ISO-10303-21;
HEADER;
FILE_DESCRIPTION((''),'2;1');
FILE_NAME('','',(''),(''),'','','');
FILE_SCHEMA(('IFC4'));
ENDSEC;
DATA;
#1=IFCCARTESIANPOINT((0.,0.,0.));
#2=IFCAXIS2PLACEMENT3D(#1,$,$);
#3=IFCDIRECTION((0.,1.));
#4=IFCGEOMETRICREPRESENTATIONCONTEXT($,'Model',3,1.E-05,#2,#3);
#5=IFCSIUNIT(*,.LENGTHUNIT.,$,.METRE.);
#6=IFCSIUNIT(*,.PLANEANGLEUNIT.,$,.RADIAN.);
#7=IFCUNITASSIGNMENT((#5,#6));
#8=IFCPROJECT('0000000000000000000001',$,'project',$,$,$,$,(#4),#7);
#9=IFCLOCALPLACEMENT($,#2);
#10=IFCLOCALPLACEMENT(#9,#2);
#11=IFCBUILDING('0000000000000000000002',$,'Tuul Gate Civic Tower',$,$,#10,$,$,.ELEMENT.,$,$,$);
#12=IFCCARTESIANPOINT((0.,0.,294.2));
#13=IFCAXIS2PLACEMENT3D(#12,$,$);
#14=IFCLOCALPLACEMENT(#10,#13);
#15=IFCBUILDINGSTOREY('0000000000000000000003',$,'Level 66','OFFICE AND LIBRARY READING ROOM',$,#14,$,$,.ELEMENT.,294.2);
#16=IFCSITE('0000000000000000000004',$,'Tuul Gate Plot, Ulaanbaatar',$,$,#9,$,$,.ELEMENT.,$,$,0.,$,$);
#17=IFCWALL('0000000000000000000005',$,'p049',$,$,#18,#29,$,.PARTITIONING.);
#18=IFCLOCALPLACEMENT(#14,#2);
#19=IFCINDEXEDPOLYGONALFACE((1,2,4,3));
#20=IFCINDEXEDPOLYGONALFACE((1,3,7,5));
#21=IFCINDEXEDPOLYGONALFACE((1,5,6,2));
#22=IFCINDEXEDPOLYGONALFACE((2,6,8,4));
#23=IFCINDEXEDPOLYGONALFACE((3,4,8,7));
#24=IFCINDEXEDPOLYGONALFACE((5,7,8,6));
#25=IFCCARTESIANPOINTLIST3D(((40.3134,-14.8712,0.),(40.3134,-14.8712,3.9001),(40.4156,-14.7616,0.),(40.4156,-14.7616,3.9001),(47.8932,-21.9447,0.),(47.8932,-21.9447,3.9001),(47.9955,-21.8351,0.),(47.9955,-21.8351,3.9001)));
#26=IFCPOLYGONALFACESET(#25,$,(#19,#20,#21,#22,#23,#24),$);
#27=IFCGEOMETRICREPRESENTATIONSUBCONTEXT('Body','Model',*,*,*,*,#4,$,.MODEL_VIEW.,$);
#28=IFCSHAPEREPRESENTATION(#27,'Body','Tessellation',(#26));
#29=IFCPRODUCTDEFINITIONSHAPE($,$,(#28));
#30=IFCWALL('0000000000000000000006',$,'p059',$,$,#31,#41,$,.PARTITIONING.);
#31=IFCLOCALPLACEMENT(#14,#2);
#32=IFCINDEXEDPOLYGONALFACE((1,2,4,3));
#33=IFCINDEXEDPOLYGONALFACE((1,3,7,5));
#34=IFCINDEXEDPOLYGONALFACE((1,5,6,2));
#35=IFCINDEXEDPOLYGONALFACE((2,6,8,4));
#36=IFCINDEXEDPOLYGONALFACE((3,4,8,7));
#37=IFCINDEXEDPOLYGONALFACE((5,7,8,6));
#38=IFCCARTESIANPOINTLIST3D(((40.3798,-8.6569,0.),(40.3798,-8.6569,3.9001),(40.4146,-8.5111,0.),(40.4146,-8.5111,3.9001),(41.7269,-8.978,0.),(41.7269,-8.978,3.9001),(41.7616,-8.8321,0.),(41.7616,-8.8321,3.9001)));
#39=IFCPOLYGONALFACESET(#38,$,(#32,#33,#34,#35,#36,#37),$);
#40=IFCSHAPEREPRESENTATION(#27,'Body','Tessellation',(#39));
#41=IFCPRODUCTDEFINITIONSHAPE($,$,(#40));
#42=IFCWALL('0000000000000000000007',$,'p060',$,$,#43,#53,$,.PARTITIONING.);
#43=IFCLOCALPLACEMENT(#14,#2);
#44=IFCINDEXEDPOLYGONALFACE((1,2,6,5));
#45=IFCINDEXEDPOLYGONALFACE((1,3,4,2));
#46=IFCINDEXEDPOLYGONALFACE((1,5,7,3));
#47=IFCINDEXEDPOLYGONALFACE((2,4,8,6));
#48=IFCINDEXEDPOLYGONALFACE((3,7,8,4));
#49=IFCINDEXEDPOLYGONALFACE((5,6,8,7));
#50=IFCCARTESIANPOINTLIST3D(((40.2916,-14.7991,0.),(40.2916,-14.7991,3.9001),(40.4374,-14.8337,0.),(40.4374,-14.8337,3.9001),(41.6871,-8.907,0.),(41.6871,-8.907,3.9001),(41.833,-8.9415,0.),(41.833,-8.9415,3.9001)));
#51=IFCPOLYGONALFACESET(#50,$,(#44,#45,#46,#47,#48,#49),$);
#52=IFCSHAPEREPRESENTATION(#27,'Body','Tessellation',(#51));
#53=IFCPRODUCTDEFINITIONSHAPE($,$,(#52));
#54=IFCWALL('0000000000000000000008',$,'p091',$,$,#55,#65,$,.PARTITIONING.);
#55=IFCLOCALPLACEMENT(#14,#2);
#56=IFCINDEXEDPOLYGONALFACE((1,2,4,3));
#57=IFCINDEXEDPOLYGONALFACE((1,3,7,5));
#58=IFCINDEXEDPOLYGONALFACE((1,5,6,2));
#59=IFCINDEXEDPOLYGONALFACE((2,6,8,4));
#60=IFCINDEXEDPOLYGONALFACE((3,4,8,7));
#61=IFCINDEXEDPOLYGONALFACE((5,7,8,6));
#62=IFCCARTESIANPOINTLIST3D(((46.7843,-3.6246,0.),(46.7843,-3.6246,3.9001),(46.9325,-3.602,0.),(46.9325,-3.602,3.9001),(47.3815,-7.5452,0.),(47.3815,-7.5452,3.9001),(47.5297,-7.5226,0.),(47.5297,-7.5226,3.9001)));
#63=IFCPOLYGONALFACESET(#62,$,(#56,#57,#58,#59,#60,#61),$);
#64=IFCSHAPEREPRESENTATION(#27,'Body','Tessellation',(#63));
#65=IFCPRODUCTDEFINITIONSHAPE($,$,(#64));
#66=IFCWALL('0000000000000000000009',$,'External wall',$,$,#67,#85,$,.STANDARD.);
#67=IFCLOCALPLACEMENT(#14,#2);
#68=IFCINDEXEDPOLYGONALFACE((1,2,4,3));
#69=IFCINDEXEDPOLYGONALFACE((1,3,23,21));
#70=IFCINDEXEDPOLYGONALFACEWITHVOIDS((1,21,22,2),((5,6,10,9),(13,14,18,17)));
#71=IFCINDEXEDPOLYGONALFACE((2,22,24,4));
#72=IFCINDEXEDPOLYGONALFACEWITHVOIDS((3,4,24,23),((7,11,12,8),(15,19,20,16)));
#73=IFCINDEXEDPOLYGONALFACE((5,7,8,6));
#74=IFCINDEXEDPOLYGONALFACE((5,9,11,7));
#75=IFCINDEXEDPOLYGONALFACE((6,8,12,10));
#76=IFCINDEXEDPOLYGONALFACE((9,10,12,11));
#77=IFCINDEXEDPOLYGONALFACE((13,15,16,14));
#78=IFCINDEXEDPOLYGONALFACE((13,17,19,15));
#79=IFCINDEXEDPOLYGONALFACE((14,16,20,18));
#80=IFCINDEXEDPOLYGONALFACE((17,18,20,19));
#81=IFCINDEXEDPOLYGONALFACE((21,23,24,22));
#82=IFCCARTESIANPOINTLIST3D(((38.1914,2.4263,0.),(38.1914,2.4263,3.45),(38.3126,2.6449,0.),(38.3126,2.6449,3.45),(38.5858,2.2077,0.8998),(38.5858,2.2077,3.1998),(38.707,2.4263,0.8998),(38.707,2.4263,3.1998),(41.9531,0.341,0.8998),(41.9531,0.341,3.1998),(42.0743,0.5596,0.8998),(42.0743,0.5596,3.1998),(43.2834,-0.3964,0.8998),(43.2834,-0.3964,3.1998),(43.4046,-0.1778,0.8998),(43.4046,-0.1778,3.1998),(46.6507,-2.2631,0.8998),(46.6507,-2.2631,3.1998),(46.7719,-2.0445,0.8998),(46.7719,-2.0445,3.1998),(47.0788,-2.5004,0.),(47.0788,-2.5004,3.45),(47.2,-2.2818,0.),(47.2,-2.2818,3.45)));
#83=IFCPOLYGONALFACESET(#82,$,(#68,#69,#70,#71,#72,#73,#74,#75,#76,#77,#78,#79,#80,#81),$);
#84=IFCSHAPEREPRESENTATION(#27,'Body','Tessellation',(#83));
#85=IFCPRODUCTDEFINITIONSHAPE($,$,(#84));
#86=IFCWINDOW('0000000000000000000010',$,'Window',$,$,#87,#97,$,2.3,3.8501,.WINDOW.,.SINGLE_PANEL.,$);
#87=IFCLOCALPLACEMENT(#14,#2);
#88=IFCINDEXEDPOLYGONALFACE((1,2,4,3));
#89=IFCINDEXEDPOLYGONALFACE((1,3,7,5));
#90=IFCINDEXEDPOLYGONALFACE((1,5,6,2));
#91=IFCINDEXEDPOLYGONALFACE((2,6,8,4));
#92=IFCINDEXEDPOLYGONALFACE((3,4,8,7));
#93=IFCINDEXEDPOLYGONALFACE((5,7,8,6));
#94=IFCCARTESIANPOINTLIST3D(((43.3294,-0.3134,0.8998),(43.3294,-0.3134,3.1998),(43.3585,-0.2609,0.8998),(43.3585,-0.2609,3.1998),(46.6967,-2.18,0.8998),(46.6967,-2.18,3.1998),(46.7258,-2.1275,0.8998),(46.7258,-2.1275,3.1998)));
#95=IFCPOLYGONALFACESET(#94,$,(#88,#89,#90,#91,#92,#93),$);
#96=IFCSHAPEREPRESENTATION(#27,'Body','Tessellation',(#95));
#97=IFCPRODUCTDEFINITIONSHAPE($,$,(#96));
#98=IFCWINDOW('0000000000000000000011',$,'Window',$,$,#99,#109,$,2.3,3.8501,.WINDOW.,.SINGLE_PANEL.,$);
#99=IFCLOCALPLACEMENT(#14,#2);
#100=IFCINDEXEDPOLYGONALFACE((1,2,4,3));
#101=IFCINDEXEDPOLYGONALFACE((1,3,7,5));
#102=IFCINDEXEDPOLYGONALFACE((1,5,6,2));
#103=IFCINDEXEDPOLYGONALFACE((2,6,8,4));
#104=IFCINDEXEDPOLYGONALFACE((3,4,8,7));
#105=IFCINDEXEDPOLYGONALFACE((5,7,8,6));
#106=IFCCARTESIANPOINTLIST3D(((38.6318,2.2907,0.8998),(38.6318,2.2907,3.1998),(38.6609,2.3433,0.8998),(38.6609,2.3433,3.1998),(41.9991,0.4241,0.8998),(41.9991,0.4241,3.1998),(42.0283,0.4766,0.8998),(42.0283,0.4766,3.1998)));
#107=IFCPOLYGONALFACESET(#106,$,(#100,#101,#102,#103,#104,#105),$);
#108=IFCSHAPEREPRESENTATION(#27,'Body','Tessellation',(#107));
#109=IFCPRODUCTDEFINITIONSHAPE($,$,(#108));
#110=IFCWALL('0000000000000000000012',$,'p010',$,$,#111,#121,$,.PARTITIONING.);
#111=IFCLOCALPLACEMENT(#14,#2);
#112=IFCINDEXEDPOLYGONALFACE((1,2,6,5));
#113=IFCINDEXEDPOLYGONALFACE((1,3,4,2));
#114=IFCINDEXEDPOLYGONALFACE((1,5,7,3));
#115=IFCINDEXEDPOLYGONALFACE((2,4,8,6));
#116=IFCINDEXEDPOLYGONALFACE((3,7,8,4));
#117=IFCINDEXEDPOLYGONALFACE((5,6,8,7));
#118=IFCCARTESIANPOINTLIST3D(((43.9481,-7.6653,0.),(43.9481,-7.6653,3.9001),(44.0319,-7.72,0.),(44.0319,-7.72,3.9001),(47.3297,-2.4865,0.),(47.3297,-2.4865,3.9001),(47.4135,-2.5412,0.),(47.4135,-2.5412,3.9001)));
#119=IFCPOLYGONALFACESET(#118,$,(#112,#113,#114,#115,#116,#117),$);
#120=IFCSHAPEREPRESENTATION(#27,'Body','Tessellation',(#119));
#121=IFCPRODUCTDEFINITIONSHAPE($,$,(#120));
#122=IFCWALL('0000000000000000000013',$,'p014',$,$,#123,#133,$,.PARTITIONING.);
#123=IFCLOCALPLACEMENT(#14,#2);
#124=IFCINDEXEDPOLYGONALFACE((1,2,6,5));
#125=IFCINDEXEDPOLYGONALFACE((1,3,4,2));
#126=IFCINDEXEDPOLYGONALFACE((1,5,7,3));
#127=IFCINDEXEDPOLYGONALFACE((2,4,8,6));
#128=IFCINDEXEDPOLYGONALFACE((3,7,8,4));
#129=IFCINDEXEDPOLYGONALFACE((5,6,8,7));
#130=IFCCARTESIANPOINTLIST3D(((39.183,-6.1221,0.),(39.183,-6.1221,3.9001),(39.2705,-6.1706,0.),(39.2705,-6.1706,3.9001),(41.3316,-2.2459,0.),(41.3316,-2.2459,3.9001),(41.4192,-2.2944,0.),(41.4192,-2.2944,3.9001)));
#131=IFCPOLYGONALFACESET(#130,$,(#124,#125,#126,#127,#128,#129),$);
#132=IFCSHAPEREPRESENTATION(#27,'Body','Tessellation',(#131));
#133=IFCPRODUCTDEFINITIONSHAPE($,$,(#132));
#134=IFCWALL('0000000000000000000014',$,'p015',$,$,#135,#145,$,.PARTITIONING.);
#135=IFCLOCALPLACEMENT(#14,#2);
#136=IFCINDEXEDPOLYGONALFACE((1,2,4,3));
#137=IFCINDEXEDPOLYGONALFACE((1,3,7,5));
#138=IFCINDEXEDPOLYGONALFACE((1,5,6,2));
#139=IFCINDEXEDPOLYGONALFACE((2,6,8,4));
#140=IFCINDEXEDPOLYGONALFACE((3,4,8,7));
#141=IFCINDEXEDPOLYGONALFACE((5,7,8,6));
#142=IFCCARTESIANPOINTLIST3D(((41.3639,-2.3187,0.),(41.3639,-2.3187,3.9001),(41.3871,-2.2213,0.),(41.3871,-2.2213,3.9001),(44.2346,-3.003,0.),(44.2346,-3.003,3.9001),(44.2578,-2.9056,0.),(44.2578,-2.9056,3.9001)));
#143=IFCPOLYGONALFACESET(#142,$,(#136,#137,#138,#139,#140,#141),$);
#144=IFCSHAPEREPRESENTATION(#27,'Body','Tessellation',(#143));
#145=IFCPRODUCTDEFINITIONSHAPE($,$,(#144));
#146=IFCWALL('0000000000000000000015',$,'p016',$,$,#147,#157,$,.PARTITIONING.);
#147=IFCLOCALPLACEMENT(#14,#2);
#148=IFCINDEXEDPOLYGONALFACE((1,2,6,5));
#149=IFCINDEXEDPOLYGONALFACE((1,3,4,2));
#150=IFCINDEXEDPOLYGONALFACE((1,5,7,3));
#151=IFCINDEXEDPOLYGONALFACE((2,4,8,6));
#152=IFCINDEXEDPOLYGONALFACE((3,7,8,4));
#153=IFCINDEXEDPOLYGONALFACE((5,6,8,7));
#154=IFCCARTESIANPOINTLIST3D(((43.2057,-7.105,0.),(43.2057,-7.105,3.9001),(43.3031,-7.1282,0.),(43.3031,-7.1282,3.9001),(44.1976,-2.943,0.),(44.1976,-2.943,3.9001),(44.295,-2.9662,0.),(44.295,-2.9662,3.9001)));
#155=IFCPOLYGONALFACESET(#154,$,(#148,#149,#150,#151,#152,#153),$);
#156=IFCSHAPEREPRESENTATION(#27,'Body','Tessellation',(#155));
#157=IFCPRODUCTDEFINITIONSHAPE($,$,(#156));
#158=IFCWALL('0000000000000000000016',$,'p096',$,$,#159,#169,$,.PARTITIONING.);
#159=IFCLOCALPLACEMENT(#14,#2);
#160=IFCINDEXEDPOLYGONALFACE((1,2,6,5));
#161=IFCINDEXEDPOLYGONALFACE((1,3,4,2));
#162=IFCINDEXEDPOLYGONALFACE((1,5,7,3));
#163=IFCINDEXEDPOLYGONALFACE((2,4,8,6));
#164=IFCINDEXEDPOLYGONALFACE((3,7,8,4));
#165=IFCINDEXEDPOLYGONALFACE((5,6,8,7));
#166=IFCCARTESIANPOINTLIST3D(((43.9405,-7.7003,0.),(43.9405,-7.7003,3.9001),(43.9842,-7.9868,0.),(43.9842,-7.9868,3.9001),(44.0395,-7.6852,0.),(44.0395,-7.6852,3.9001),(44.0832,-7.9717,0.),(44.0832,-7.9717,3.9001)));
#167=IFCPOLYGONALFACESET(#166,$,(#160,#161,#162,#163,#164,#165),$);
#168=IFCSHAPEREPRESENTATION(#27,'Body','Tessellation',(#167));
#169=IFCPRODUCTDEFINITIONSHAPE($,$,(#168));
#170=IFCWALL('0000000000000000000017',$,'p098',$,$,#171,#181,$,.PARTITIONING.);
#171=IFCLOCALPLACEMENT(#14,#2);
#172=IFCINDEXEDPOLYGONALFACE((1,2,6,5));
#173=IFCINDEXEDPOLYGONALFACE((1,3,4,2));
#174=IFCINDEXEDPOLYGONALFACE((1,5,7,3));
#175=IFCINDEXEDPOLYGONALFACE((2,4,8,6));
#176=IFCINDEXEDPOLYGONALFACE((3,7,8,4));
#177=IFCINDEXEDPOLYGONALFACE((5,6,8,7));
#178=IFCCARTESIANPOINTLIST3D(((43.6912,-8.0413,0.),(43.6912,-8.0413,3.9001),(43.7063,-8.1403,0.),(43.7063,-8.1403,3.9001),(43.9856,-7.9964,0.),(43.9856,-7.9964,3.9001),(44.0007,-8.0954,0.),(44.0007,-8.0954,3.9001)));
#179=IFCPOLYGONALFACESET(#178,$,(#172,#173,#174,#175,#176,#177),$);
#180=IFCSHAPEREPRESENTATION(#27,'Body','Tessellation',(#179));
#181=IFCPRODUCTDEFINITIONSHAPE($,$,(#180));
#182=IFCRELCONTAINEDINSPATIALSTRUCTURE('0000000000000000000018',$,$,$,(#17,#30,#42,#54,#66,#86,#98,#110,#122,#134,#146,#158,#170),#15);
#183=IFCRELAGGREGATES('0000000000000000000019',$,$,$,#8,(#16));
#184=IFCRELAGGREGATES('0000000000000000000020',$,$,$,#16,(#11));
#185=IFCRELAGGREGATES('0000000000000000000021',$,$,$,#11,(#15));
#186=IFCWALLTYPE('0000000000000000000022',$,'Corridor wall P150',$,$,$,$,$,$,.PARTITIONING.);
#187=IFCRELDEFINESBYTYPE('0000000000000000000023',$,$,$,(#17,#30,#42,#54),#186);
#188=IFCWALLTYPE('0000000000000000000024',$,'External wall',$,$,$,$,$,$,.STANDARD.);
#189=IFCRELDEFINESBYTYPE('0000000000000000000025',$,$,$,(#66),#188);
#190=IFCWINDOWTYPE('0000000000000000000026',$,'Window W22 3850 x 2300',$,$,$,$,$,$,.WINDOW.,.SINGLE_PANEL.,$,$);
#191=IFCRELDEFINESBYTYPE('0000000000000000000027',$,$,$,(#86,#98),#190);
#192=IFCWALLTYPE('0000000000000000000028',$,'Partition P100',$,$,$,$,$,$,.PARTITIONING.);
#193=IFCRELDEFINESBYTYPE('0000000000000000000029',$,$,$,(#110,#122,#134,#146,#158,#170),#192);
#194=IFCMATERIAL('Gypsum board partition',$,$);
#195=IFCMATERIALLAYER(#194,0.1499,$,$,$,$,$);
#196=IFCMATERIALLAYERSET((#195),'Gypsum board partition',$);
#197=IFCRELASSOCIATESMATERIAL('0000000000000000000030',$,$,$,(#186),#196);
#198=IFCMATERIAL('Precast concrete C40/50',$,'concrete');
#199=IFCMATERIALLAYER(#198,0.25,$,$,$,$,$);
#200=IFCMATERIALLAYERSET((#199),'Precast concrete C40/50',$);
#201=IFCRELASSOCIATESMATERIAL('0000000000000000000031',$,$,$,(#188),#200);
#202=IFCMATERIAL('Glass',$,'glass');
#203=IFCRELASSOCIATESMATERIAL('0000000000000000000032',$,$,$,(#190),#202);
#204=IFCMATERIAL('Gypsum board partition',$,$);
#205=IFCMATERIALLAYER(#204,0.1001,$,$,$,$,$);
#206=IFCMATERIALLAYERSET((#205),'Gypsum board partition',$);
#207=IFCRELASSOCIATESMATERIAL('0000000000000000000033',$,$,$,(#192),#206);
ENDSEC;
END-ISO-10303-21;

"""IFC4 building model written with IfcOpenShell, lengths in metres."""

from ifc_helpers import new_model, si_unit, direction, frame, frame_2d, origin, place, context, subcontext, project, spatial, rectangle, extrude, material, layer, layer_set, type_object, element, fill, save


model = new_model("IFC4")

# Units and contexts
model_context = context("Model", 3, precision=1e-05, world=origin(), true_north=direction((0.0, 1.0)))
body_context = subcontext(model_context, "Body", "Model", "MODEL_VIEW")
ifc_project = project(units=[si_unit("LENGTHUNIT", "METRE"), si_unit("PLANEANGLEUNIT", "RADIAN")], contexts=[model_context])

# Site, building, storey
site_placement = place(None, origin())
site = spatial("IfcSite", under=ifc_project, at=site_placement, Name="Tuul Gate Plot, Ulaanbaatar", CompositionType="ELEMENT", RefElevation=0.0)
building_placement = place(site_placement, origin())
building = spatial("IfcBuilding", under=site, at=building_placement, Name="Tuul Gate Civic Tower", CompositionType="ELEMENT")
storey_placement = place(building_placement, frame((0.0, 0.0, 294.2)))
storey = spatial("IfcBuildingStorey", under=building, at=storey_placement, Name="Level 66", Description="OFFICE AND LIBRARY READING ROOM", CompositionType="ELEMENT", Elevation=294.2)

# Shared definitions
ifc_material_1 = material(Name="Gypsum board partition")
ifc_layer_1 = layer(ifc_material_1, 0.1499)
ifc_layer_set_1 = layer_set([ifc_layer_1], Name="Gypsum board partition")
wall_type_1 = type_object("IfcWallType", Name="Corridor wall P150", PredefinedType="PARTITIONING", material=ifc_layer_set_1)

# Walls
wall_1_placement = place(storey_placement, frame((40.3645, -14.8164, 0.0), z_axis=(0.0, 0.0, 1.0), x_axis=(0.731105, -0.682265, 0.0)))
element("IfcWall", 1, at=wall_1_placement, inside=storey, type_object=wall_type_1, Name="p049", PredefinedType="PARTITIONING", context=body_context, shape_type="SweptSolid", body=[
    extrude(rectangle(XDim=10.3677, YDim=0.1499, at=frame_2d((5.1838, 0.0))), origin(), (0.0, 0.0, 1.0), 3.9001),
])
wall_2_placement = place(storey_placement, frame((40.3972, -8.584, 0.0), z_axis=(0.0, 0.0, 1.0), x_axis=(0.972749, -0.231859, 0.0)))
element("IfcWall", 2, at=wall_2_placement, inside=storey, type_object=wall_type_1, Name="p059", PredefinedType="PARTITIONING", context=body_context, shape_type="SweptSolid", body=[
    extrude(rectangle(XDim=1.3848, YDim=0.1499, at=frame_2d((0.6924, 0.0))), origin(), (0.0, 0.0, 1.0), 3.9001),
])
wall_3_placement = place(storey_placement, frame((40.3645, -14.8164, 0.0), z_axis=(0.0, 0.0, 1.0), x_axis=(0.230468, 0.97308, 0.0)))
element("IfcWall", 3, at=wall_3_placement, inside=storey, type_object=wall_type_1, Name="p060", PredefinedType="PARTITIONING", context=body_context, shape_type="SweptSolid", body=[
    extrude(rectangle(XDim=6.0552, YDim=0.1499, at=frame_2d((3.0276, 0.0))), origin(), (0.0, 0.0, 1.0), 3.9001),
])
wall_4_placement = place(storey_placement, frame((46.8584, -3.6133, 0.0), z_axis=(0.0, 0.0, 1.0), x_axis=(0.150577, -0.988598, 0.0)))
element("IfcWall", 4, at=wall_4_placement, inside=storey, type_object=wall_type_1, Name="p091", PredefinedType="PARTITIONING", context=body_context, shape_type="SweptSolid", body=[
    extrude(rectangle(XDim=3.9658, YDim=0.1499, at=frame_2d((1.9829, 0.0))), origin(), (0.0, 0.0, 1.0), 3.9001),
])

# Wall, openings, windows
ifc_material_2 = material(Name="Precast concrete C40/50", Category="concrete")
ifc_layer_2 = layer(ifc_material_2, 0.25)
ifc_layer_set_2 = layer_set([ifc_layer_2], Name="Precast concrete C40/50")
wall_type_2 = type_object("IfcWallType", Name="External wall", PredefinedType="STANDARD", material=ifc_layer_set_2)
wall_5_placement = place(storey_placement, frame((47.1394, -2.3911, 0.0), z_axis=(0.0, 0.0, 1.0), x_axis=(-0.874605, 0.484837, 0.0)))
wall_5 = element("IfcWall", 5, at=wall_5_placement, inside=storey, type_object=wall_type_2, Name="External wall", PredefinedType="STANDARD", context=body_context, shape_type="SweptSolid", body=[
    extrude(rectangle(XDim=10.1616, YDim=0.25, at=frame_2d((5.0808, 0.0))), origin(), (0.0, 0.0, 1.0), 3.45),
])
opening_1_placement = place(wall_5_placement, frame((0.4895, 0.0, 0.8999)))
opening_1 = element("IfcOpeningElement", 6, at=opening_1_placement, cuts=wall_5, PredefinedType="OPENING", context=body_context, shape_type="SweptSolid", body=[
    extrude(rectangle(XDim=3.8501, YDim=2.3, at=frame_2d((1.925, 1.1499))), frame((0.0, 0.135, 0.0), z_axis=(0.0, -1.0, 0.0), x_axis=(1.0, 0.0, 0.0)), (0.0, 0.0, 1.0), 0.27),
])
opening_2_placement = place(wall_5_placement, frame((5.8606, 0.0, 0.8999)))
opening_2 = element("IfcOpeningElement", 7, at=opening_2_placement, cuts=wall_5, PredefinedType="OPENING", context=body_context, shape_type="SweptSolid", body=[
    extrude(rectangle(XDim=3.8501, YDim=2.3, at=frame_2d((1.925, 1.1499))), frame((0.0, 0.135, 0.0), z_axis=(0.0, -1.0, 0.0), x_axis=(1.0, 0.0, 0.0)), (0.0, 0.0, 1.0), 0.27),
])
ifc_material_3 = material(Name="Glass", Category="glass")
window_type = type_object("IfcWindowType", Name="Window W22 3850 x 2300", PartitioningType="SINGLE_PANEL", PredefinedType="WINDOW", material=ifc_material_3)
window_1_placement = place(opening_1_placement, origin())
window_1 = element("IfcWindow", 8, at=window_1_placement, inside=storey, type_object=window_type, Name="Window", OverallHeight=2.3, OverallWidth=3.8501, PartitioningType="SINGLE_PANEL", PredefinedType="WINDOW", context=body_context, shape_type="SweptSolid", body=[
    extrude(rectangle(XDim=3.8501, YDim=2.3, at=frame_2d((1.925, 1.1499))), frame((0.0, 0.03, 0.0), z_axis=(0.0, -1.0, 0.0), x_axis=(1.0, 0.0, 0.0)), (0.0, 0.0, 1.0), 0.0601),
])
fill(opening_1, window_1)
window_2_placement = place(opening_2_placement, origin())
window_2 = element("IfcWindow", 9, at=window_2_placement, inside=storey, type_object=window_type, Name="Window", OverallHeight=2.3, OverallWidth=3.8501, PartitioningType="SINGLE_PANEL", PredefinedType="WINDOW", context=body_context, shape_type="SweptSolid", body=[
    extrude(rectangle(XDim=3.8501, YDim=2.3, at=frame_2d((1.925, 1.1499))), frame((0.0, 0.03, 0.0), z_axis=(0.0, -1.0, 0.0), x_axis=(1.0, 0.0, 0.0)), (0.0, 0.0, 1.0), 0.0601),
])
fill(opening_2, window_2)

# Walls
ifc_material_4 = material(Name="Gypsum board partition")
ifc_layer_3 = layer(ifc_material_4, 0.1001)
ifc_layer_set_3 = layer_set([ifc_layer_3], Name="Gypsum board partition")
wall_type_3 = type_object("IfcWallType", Name="Partition P100", PredefinedType="PARTITIONING", material=ifc_layer_set_3)
wall_6_placement = place(storey_placement, frame((43.99, -7.6926, 0.0), z_axis=(0.0, 0.0, 1.0), x_axis=(0.546741, 0.837302, 0.0)))
element("IfcWall", 10, at=wall_6_placement, inside=storey, type_object=wall_type_3, Name="p010", PredefinedType="PARTITIONING", context=body_context, shape_type="SweptSolid", body=[
    extrude(rectangle(XDim=6.1851, YDim=0.1001, at=frame_2d((3.0925, 0.0))), origin(), (0.0, 0.0, 1.0), 3.9001),
])
wall_7_placement = place(storey_placement, frame((39.2268, -6.1462, 0.0), z_axis=(0.0, 0.0, 1.0), x_axis=(0.48482, 0.874614, 0.0)))
element("IfcWall", 11, at=wall_7_placement, inside=storey, type_object=wall_type_3, Name="p014", PredefinedType="PARTITIONING", context=body_context, shape_type="SweptSolid", body=[
    extrude(rectangle(XDim=4.4319, YDim=0.1001, at=frame_2d((2.2158, 0.0))), origin(), (0.0, 0.0, 1.0), 3.9001),
])
wall_8_placement = place(storey_placement, frame((41.3755, -2.27, 0.0), z_axis=(0.0, 0.0, 1.0), x_axis=(0.972746, -0.231874, 0.0)))
element("IfcWall", 12, at=wall_8_placement, inside=storey, type_object=wall_type_3, Name="p015", PredefinedType="PARTITIONING", context=body_context, shape_type="SweptSolid", body=[
    extrude(rectangle(XDim=2.9512, YDim=0.1001, at=frame_2d((1.4756, 0.0))), origin(), (0.0, 0.0, 1.0), 3.9001),
])
wall_9_placement = place(storey_placement, frame((43.2544, -7.1165, 0.0), z_axis=(0.0, 0.0, 1.0), x_axis=(0.231834, 0.972755, 0.0)))
element("IfcWall", 13, at=wall_9_placement, inside=storey, type_object=wall_type_3, Name="p016", PredefinedType="PARTITIONING", context=body_context, shape_type="SweptSolid", body=[
    extrude(rectangle(XDim=4.2786, YDim=0.1001, at=frame_2d((2.1392, 0.0))), origin(), (0.0, 0.0, 1.0), 3.9001),
])
wall_10_placement = place(storey_placement, frame((43.99, -7.6926, 0.0), z_axis=(0.0, 0.0, 1.0), x_axis=(0.150854, -0.988556, 0.0)))
element("IfcWall", 14, at=wall_10_placement, inside=storey, type_object=wall_type_3, Name="p096", PredefinedType="PARTITIONING", context=body_context, shape_type="SweptSolid", body=[
    extrude(rectangle(XDim=0.2898, YDim=0.1001, at=frame_2d((0.145, 0.0))), origin(), (0.0, 0.0, 1.0), 3.9001),
])
wall_11_placement = place(storey_placement, frame((43.6987, -8.0908, 0.0), z_axis=(0.0, 0.0, 1.0), x_axis=(0.98856, 0.150825, 0.0)))
element("IfcWall", 15, at=wall_11_placement, inside=storey, type_object=wall_type_3, Name="p098", PredefinedType="PARTITIONING", context=body_context, shape_type="SweptSolid", body=[
    extrude(rectangle(XDim=0.2979, YDim=0.1001, at=frame_2d((0.1489, 0.0))), origin(), (0.0, 0.0, 1.0), 3.9001),
])

save(model, "model.ifc")
